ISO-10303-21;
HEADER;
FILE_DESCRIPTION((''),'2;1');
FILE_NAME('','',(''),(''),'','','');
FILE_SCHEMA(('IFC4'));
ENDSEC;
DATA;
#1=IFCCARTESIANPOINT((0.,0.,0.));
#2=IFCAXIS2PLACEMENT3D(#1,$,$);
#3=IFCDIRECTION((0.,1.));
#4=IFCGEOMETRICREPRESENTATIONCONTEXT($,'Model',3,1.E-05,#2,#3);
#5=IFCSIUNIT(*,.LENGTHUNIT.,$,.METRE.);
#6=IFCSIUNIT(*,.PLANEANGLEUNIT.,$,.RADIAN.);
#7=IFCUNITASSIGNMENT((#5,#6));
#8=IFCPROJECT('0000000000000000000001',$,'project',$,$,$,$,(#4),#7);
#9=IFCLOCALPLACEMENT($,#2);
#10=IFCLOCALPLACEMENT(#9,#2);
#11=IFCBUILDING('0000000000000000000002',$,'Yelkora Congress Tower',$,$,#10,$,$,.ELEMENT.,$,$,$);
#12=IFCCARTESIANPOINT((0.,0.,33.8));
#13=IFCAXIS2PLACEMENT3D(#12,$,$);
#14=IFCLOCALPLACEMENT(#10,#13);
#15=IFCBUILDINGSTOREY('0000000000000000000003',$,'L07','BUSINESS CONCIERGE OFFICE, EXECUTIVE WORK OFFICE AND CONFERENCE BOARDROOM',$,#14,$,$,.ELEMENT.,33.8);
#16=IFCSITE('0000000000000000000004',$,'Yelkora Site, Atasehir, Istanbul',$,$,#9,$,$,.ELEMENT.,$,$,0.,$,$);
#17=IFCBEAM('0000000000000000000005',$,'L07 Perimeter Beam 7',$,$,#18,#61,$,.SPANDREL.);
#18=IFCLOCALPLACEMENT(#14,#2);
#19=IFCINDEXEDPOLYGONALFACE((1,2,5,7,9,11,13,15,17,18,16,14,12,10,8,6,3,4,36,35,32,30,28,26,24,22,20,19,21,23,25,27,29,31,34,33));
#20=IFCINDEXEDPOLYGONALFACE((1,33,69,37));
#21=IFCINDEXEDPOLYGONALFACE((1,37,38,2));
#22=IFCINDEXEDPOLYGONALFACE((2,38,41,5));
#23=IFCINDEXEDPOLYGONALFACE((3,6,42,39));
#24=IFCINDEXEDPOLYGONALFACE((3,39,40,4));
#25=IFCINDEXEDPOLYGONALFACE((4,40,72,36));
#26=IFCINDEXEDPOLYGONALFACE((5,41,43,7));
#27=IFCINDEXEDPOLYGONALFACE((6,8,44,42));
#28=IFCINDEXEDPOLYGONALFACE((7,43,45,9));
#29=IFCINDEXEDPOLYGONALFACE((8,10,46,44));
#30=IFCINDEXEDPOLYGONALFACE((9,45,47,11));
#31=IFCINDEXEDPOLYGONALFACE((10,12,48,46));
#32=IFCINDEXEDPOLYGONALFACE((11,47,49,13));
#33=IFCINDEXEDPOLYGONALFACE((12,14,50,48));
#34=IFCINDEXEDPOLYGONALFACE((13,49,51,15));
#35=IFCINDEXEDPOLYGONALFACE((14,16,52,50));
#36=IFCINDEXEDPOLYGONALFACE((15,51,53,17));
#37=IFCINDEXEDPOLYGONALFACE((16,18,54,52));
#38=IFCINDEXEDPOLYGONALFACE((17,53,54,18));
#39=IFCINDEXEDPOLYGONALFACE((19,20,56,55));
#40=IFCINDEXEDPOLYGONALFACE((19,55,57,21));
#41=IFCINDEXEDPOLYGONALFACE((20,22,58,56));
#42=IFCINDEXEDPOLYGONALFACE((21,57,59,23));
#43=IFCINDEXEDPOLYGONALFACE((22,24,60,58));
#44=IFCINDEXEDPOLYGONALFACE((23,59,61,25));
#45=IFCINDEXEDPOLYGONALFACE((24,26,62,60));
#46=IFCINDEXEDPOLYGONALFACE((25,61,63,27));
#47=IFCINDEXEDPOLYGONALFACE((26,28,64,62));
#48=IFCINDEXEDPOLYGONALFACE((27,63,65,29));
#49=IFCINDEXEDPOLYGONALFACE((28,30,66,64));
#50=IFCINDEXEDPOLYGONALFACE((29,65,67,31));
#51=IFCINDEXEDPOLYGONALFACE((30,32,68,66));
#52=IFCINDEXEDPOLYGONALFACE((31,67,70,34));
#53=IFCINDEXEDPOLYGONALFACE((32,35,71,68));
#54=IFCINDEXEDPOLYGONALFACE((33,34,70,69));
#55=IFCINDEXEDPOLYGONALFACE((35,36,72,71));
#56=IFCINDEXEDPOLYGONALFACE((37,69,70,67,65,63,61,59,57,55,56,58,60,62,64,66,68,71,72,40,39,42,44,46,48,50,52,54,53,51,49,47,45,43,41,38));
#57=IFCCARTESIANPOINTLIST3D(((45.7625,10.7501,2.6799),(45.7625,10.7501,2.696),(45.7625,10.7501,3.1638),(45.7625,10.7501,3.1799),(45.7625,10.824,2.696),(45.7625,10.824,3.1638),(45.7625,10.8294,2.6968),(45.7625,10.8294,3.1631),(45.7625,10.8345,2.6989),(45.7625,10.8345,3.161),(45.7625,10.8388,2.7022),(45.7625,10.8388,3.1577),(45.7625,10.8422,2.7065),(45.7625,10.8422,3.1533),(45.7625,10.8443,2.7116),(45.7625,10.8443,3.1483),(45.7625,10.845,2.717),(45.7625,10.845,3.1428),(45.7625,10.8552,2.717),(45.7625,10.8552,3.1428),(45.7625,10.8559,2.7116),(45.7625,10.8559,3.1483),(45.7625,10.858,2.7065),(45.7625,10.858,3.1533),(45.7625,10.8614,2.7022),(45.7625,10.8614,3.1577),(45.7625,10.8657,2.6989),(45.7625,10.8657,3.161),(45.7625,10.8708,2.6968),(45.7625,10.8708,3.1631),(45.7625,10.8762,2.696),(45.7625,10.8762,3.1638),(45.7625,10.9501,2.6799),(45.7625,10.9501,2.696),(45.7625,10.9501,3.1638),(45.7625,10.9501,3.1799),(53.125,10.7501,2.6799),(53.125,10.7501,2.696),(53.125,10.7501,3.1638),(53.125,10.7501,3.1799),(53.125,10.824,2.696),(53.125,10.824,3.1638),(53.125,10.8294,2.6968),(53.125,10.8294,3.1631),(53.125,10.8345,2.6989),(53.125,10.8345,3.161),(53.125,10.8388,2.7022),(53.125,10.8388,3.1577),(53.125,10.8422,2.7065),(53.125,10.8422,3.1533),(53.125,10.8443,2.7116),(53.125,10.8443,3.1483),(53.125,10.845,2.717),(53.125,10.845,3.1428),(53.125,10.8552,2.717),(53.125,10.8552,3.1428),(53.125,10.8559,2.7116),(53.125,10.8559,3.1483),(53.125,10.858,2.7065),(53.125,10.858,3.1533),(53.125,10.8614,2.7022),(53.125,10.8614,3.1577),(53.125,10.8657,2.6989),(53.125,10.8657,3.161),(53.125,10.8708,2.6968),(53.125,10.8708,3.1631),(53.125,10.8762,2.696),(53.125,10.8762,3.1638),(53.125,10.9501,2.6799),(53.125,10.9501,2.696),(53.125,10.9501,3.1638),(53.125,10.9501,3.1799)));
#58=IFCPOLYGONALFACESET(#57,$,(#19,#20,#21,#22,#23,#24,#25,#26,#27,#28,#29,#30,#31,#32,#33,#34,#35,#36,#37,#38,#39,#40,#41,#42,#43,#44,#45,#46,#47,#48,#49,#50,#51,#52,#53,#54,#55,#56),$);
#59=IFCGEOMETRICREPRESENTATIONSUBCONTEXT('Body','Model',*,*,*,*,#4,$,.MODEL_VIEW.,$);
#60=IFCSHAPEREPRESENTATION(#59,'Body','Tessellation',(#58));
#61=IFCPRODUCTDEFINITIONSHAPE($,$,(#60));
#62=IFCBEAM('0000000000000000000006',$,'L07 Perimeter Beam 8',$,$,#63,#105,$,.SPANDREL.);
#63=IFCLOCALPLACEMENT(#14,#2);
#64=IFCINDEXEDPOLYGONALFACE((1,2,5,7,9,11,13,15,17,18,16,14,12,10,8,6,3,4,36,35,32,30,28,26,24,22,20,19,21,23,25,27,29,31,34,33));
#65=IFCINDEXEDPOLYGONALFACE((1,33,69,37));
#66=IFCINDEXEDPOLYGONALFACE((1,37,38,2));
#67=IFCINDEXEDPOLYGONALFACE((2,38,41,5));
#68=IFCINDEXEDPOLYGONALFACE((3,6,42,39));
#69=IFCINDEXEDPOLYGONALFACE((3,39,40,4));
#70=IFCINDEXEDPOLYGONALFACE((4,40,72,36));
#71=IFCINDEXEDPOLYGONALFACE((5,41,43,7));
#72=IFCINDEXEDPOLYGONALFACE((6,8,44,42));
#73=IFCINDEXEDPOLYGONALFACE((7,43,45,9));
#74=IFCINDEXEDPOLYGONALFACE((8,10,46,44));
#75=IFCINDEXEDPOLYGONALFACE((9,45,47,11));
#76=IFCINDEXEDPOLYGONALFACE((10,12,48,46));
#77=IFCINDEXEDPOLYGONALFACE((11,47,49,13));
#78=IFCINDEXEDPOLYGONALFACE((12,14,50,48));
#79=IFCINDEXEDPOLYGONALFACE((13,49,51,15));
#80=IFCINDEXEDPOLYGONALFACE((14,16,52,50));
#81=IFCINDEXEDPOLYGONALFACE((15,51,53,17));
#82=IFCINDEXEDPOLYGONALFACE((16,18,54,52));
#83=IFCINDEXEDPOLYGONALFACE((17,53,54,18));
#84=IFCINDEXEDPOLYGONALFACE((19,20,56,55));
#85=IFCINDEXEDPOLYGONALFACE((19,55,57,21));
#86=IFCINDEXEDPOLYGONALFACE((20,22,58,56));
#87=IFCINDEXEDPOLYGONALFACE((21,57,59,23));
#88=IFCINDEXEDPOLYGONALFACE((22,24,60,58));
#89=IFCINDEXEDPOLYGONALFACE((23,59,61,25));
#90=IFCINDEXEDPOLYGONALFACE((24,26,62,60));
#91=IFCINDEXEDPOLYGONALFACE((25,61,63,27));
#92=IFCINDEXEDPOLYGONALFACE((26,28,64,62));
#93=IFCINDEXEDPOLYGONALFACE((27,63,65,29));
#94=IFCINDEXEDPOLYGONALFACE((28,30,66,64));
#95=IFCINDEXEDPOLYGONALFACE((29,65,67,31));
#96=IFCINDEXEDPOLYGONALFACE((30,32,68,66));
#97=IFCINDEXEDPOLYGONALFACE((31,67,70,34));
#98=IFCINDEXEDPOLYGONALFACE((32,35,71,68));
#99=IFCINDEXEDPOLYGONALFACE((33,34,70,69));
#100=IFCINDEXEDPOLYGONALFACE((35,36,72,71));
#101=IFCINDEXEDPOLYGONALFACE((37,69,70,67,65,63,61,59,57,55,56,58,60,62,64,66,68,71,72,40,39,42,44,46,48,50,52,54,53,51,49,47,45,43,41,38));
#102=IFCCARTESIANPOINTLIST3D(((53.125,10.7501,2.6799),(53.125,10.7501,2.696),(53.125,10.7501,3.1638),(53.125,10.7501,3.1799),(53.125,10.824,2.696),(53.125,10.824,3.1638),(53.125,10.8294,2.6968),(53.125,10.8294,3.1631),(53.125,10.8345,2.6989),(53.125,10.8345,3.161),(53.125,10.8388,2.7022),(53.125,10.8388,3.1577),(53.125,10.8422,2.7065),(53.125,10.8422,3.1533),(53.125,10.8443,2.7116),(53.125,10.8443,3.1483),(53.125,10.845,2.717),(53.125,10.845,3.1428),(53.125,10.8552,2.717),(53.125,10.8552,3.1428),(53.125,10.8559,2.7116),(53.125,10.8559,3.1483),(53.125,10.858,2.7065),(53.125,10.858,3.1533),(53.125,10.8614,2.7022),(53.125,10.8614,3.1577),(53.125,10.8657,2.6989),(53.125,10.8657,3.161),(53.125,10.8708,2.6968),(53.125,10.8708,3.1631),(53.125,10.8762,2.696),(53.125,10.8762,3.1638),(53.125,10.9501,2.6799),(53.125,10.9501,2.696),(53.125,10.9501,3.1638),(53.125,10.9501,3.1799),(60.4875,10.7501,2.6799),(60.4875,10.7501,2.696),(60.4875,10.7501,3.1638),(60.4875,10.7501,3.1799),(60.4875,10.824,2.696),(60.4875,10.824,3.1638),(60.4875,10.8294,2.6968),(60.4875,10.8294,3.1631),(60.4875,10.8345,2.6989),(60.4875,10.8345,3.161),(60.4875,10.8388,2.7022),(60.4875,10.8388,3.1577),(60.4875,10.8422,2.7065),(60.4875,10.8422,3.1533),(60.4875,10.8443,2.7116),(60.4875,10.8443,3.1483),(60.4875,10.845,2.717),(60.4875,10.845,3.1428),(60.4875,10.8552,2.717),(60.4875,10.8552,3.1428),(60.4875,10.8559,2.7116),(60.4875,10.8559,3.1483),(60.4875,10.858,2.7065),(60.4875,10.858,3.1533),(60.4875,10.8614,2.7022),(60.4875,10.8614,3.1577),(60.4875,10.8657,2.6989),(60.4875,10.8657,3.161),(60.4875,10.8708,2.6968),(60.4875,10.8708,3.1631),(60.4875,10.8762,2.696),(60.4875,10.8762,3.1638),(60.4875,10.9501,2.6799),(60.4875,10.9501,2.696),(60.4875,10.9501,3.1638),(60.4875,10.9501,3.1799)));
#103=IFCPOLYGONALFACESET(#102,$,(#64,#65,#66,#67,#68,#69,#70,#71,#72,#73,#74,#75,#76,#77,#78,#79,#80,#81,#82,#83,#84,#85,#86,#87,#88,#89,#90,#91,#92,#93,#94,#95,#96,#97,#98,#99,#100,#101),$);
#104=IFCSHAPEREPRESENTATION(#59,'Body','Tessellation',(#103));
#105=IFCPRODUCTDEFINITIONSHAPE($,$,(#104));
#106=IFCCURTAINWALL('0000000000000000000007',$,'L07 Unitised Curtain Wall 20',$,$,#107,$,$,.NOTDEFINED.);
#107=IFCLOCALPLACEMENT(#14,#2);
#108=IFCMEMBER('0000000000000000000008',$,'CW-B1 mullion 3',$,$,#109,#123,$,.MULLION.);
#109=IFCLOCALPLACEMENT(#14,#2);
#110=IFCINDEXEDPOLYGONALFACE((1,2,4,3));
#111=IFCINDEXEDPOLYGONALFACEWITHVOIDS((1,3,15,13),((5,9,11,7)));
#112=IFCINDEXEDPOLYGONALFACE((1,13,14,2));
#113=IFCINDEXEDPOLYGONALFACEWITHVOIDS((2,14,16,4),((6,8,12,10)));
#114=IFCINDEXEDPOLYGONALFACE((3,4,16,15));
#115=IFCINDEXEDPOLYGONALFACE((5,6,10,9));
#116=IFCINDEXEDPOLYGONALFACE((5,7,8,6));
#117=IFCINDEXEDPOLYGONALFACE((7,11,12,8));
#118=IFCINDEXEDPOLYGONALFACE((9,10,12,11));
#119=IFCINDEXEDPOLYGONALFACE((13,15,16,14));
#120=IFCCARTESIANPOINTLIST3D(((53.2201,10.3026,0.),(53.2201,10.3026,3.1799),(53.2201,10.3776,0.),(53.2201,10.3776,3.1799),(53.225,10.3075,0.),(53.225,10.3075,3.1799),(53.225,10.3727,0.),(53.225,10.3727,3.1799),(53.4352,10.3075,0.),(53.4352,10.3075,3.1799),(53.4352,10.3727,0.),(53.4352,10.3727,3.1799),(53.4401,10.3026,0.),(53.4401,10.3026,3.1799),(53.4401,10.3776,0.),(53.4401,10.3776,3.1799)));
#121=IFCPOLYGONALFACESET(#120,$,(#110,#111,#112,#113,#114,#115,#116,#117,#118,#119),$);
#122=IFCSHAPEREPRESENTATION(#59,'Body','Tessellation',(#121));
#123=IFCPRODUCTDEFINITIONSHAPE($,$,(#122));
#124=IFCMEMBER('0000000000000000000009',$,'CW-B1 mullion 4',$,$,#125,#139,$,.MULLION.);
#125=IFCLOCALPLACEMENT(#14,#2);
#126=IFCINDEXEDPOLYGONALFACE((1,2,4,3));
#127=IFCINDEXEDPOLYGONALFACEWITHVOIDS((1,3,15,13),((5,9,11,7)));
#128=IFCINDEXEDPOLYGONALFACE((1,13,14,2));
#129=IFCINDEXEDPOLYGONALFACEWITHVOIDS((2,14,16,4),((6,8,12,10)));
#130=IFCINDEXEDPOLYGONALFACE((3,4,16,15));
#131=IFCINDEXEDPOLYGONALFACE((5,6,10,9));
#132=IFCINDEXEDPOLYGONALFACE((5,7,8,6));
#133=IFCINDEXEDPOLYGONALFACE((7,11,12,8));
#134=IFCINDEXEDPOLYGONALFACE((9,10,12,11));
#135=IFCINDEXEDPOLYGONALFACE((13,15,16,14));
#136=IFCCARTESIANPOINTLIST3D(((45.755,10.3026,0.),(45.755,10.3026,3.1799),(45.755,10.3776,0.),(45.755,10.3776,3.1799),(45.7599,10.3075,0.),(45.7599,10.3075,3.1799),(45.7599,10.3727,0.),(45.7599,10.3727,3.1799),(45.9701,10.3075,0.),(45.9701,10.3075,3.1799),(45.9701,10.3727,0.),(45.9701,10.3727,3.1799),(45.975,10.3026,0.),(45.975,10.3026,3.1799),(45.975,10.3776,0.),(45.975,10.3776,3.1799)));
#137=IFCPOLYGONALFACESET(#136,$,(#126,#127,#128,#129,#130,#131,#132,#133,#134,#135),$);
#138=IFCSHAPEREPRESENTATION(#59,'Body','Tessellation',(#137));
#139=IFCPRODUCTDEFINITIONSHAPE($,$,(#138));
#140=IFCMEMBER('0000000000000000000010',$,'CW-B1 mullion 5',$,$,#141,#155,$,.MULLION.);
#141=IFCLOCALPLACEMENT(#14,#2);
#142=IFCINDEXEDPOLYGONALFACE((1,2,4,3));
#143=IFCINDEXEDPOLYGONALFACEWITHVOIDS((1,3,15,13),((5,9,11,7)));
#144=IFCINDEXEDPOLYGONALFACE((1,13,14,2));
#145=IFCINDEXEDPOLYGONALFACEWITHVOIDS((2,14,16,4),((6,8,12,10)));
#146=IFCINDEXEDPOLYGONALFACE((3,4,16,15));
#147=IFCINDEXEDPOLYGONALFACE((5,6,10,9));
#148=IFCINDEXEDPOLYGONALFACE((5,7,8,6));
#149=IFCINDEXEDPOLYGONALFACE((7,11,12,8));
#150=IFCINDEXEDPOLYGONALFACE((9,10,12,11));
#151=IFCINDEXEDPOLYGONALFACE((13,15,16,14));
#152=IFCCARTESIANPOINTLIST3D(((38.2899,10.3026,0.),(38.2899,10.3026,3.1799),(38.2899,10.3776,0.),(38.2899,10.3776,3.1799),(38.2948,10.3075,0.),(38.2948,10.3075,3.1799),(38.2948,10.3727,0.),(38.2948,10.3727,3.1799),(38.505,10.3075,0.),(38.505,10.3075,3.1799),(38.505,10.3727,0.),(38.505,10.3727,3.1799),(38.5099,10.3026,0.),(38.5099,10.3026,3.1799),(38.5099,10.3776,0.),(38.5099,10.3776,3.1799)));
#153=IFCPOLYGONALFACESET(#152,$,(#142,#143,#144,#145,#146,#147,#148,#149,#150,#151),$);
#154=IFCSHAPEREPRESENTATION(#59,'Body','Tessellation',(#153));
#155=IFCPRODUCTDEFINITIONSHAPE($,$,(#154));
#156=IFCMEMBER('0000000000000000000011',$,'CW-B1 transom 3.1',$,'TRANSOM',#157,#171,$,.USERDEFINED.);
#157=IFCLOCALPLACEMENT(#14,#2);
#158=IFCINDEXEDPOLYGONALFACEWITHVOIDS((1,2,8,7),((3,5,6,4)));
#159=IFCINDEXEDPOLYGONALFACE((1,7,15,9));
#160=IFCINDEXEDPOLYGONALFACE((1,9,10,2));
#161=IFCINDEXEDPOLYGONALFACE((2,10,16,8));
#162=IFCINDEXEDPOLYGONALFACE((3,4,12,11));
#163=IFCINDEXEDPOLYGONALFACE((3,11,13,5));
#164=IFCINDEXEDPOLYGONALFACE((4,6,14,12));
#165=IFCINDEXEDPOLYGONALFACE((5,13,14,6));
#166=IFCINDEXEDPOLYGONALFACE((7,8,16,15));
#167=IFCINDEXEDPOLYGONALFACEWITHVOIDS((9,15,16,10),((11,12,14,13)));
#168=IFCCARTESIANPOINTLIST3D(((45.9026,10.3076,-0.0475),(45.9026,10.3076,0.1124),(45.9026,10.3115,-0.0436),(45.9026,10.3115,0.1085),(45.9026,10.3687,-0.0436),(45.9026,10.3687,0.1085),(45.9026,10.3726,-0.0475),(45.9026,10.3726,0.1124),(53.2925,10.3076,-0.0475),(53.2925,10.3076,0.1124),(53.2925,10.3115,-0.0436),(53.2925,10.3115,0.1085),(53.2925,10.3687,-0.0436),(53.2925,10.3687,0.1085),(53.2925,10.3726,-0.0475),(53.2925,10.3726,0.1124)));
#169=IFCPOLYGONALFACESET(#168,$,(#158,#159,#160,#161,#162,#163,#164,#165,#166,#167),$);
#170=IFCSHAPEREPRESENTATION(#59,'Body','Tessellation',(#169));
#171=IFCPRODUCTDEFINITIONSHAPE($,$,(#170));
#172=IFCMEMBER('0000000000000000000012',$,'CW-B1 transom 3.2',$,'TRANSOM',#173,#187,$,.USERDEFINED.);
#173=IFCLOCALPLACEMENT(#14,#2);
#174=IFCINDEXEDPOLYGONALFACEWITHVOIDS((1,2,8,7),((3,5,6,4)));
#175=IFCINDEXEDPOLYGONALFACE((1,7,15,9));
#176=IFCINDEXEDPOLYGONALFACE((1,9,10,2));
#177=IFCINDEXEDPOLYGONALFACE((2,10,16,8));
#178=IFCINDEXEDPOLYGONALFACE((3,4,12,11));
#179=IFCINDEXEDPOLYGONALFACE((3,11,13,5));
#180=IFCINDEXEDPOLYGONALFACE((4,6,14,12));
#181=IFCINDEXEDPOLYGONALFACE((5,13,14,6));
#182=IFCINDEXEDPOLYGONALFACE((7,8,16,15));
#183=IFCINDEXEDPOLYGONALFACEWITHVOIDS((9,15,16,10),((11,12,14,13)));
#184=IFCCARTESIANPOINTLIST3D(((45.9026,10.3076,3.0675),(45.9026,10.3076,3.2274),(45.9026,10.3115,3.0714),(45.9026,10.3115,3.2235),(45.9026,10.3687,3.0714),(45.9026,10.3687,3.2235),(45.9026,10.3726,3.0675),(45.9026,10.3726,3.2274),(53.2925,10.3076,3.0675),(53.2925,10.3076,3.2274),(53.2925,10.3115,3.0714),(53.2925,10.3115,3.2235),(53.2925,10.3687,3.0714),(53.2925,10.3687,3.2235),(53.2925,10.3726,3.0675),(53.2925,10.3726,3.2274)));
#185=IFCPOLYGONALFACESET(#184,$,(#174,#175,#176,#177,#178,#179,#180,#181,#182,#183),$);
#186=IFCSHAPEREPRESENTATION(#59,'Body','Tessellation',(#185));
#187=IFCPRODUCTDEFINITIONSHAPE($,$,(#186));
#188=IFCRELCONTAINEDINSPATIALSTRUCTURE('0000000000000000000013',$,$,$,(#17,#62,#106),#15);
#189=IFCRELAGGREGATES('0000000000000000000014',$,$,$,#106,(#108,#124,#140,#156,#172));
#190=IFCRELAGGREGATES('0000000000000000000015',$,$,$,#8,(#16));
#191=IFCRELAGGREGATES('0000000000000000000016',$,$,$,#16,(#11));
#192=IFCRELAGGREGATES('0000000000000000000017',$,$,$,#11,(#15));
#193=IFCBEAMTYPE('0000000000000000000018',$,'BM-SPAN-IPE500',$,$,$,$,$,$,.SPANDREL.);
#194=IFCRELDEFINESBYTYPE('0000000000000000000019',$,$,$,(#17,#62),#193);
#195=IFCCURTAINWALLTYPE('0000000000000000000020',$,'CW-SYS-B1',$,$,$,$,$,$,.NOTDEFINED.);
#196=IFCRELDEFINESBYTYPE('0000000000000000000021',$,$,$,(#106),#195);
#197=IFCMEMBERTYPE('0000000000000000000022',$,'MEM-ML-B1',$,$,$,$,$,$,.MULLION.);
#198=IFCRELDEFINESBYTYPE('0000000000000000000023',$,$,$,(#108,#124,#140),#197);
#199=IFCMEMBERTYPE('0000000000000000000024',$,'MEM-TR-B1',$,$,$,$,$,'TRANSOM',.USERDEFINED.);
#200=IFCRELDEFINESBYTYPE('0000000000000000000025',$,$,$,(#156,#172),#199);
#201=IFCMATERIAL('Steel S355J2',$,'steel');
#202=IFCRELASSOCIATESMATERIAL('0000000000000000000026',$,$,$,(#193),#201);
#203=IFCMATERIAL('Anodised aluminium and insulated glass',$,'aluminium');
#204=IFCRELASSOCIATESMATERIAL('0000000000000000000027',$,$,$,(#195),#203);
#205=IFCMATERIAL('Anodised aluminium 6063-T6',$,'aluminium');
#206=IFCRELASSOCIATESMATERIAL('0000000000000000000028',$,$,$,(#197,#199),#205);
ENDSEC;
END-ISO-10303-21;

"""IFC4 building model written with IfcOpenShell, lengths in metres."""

from ifc_helpers import new_model, si_unit, direction, frame, origin, origin_2d, place, context, subcontext, project, spatial, hollow_rectangle, i_section, extrude, material, material_profile, profile_set, type_object, element, aggregate, save


model = new_model("IFC4")

# Units and contexts
model_context = context("Model", 3, precision=1e-05, world=origin(), true_north=direction((0.0, 1.0)))
body_context = subcontext(model_context, "Body", "Model", "MODEL_VIEW")
ifc_project = project(units=[si_unit("LENGTHUNIT", "METRE"), si_unit("PLANEANGLEUNIT", "RADIAN")], contexts=[model_context])

# Site, building, storey
site_placement = place(None, origin())
site = spatial("IfcSite", under=ifc_project, at=site_placement, Name="Yelkora Site, Atasehir, Istanbul", CompositionType="ELEMENT", RefElevation=0.0)
building_placement = place(site_placement, origin())
building = spatial("IfcBuilding", under=site, at=building_placement, Name="Yelkora Congress Tower", CompositionType="ELEMENT")
storey_placement = place(building_placement, frame((0.0, 0.0, 33.8)))
storey = spatial("IfcBuildingStorey", under=building, at=storey_placement, Name="L07", Description="BUSINESS CONCIERGE OFFICE, EXECUTIVE WORK OFFICE AND CONFERENCE BOARDROOM", CompositionType="ELEMENT", Elevation=33.8)

# Beams
ifc_material_1 = material(Name="Steel S355J2", Category="steel")
ifc_material_profile_1 = material_profile(ifc_material_1, i_section(OverallWidth=0.2, OverallDepth=0.5, WebThickness=0.0103, FlangeThickness=0.0161, FilletRadius=0.021, at=origin_2d()), Name="IPE 500")
ifc_profile_set_1 = profile_set([ifc_material_profile_1], Name="Steel S355J2")
beam_type_1 = type_object("IfcBeamType", Name="BM-SPAN-IPE500", PredefinedType="SPANDREL", material=ifc_profile_set_1)
for number, where, z_axis, x_axis, name in (
    (1, (45.7625, 10.8501, 2.9299), (1.0, 0.0, 0.0), (0.0, 1.0, 0.0), "L07 Perimeter Beam 7"),
    (2, (53.125, 10.8501, 2.9299), (1.0, 0.0, 0.0), (0.0, 1.0, 0.0), "L07 Perimeter Beam 8"),
):
    element("IfcBeam", number, at=place(storey_placement, frame(where, z_axis=z_axis, x_axis=x_axis)), inside=storey, type_object=beam_type_1, Name=name, PredefinedType="SPANDREL", context=body_context, shape_type="SweptSolid", body=[
        extrude(i_section(OverallWidth=0.2, OverallDepth=0.5, WebThickness=0.0103, FlangeThickness=0.0161, FilletRadius=0.021, at=origin_2d()), origin(), (0.0, 0.0, 1.0), 7.3625),
    ])

# Curtain wall, members
ifc_material_2 = material(Name="Anodised aluminium and insulated glass", Category="aluminium")
curtain_wall_type = type_object("IfcCurtainWallType", Name="CW-SYS-B1", PredefinedType="NOTDEFINED", material=ifc_material_2)
curtain_wall_placement = place(storey_placement, origin())
curtain_wall = element("IfcCurtainWall", 3, at=curtain_wall_placement, inside=storey, type_object=curtain_wall_type, Name="L07 Unitised Curtain Wall 20", PredefinedType="NOTDEFINED")
ifc_material_3 = material(Name="Anodised aluminium 6063-T6", Category="aluminium")
ifc_material_profile_2 = material_profile(ifc_material_3, hollow_rectangle(XDim=0.075, YDim=0.22, WallThickness=0.0049, at=origin_2d()), Name="ALU 75x220x5")
ifc_profile_set_2 = profile_set([ifc_material_profile_2], Name="Anodised aluminium 6063-T6")
member_type_1 = type_object("IfcMemberType", Name="MEM-ML-B1", PredefinedType="MULLION", material=ifc_profile_set_2)
member_1_placement = place(storey_placement, frame((53.3301, 10.3401, 0.0), z_axis=(0.0, 0.0, 1.0), x_axis=(0.0, -1.0, 0.0)))
member_1 = element("IfcMember", 4, at=member_1_placement, type_object=member_type_1, Name="CW-B1 mullion 3", PredefinedType="MULLION", context=body_context, shape_type="SweptSolid", body=[
    extrude(hollow_rectangle(XDim=0.075, YDim=0.22, WallThickness=0.0049, at=origin_2d()), origin(), (0.0, 0.0, 1.0), 3.1799),
])
member_2_placement = place(storey_placement, frame((45.865, 10.3401, 0.0), z_axis=(0.0, 0.0, 1.0), x_axis=(0.0, -1.0, 0.0)))
member_2 = element("IfcMember", 5, at=member_2_placement, type_object=member_type_1, Name="CW-B1 mullion 4", PredefinedType="MULLION", context=body_context, shape_type="SweptSolid", body=[
    extrude(hollow_rectangle(XDim=0.075, YDim=0.22, WallThickness=0.0049, at=origin_2d()), origin(), (0.0, 0.0, 1.0), 3.1799),
])
member_3_placement = place(storey_placement, frame((38.3999, 10.3401, 0.0), z_axis=(0.0, 0.0, 1.0), x_axis=(0.0, -1.0, 0.0)))
member_3 = element("IfcMember", 6, at=member_3_placement, type_object=member_type_1, Name="CW-B1 mullion 5", PredefinedType="MULLION", context=body_context, shape_type="SweptSolid", body=[
    extrude(hollow_rectangle(XDim=0.075, YDim=0.22, WallThickness=0.0049, at=origin_2d()), origin(), (0.0, 0.0, 1.0), 3.1799),
])
ifc_material_profile_3 = material_profile(ifc_material_3, hollow_rectangle(XDim=0.0649, YDim=0.1599, WallThickness=0.0039, at=origin_2d()), Name="ALU 65x160x4")
ifc_profile_set_3 = profile_set([ifc_material_profile_3], Name="Anodised aluminium 6063-T6")
member_type_2 = type_object("IfcMemberType", Name="MEM-TR-B1", ElementType="TRANSOM", PredefinedType="USERDEFINED", material=ifc_profile_set_3)
member_4_placement = place(storey_placement, frame((53.2925, 10.3401, 0.0325), z_axis=(-1.0, 0.0, 0.0), x_axis=(0.0, -1.0, 0.0)))
member_4 = element("IfcMember", 7, at=member_4_placement, type_object=member_type_2, Name="CW-B1 transom 3.1", ObjectType="TRANSOM", PredefinedType="USERDEFINED", context=body_context, shape_type="SweptSolid", body=[
    extrude(hollow_rectangle(XDim=0.0649, YDim=0.1599, WallThickness=0.0039, at=origin_2d()), origin(), (0.0, 0.0, 1.0), 7.3899),
])
member_5_placement = place(storey_placement, frame((53.2925, 10.3401, 3.1475), z_axis=(-1.0, 0.0, 0.0), x_axis=(0.0, -1.0, 0.0)))
member_5 = element("IfcMember", 8, at=member_5_placement, type_object=member_type_2, Name="CW-B1 transom 3.2", ObjectType="TRANSOM", PredefinedType="USERDEFINED", context=body_context, shape_type="SweptSolid", body=[
    extrude(hollow_rectangle(XDim=0.0649, YDim=0.1599, WallThickness=0.0039, at=origin_2d()), origin(), (0.0, 0.0, 1.0), 7.3899),
])
aggregate(curtain_wall, [member_1, member_2, member_3, member_4, member_5])

save(model, "model.ifc")
